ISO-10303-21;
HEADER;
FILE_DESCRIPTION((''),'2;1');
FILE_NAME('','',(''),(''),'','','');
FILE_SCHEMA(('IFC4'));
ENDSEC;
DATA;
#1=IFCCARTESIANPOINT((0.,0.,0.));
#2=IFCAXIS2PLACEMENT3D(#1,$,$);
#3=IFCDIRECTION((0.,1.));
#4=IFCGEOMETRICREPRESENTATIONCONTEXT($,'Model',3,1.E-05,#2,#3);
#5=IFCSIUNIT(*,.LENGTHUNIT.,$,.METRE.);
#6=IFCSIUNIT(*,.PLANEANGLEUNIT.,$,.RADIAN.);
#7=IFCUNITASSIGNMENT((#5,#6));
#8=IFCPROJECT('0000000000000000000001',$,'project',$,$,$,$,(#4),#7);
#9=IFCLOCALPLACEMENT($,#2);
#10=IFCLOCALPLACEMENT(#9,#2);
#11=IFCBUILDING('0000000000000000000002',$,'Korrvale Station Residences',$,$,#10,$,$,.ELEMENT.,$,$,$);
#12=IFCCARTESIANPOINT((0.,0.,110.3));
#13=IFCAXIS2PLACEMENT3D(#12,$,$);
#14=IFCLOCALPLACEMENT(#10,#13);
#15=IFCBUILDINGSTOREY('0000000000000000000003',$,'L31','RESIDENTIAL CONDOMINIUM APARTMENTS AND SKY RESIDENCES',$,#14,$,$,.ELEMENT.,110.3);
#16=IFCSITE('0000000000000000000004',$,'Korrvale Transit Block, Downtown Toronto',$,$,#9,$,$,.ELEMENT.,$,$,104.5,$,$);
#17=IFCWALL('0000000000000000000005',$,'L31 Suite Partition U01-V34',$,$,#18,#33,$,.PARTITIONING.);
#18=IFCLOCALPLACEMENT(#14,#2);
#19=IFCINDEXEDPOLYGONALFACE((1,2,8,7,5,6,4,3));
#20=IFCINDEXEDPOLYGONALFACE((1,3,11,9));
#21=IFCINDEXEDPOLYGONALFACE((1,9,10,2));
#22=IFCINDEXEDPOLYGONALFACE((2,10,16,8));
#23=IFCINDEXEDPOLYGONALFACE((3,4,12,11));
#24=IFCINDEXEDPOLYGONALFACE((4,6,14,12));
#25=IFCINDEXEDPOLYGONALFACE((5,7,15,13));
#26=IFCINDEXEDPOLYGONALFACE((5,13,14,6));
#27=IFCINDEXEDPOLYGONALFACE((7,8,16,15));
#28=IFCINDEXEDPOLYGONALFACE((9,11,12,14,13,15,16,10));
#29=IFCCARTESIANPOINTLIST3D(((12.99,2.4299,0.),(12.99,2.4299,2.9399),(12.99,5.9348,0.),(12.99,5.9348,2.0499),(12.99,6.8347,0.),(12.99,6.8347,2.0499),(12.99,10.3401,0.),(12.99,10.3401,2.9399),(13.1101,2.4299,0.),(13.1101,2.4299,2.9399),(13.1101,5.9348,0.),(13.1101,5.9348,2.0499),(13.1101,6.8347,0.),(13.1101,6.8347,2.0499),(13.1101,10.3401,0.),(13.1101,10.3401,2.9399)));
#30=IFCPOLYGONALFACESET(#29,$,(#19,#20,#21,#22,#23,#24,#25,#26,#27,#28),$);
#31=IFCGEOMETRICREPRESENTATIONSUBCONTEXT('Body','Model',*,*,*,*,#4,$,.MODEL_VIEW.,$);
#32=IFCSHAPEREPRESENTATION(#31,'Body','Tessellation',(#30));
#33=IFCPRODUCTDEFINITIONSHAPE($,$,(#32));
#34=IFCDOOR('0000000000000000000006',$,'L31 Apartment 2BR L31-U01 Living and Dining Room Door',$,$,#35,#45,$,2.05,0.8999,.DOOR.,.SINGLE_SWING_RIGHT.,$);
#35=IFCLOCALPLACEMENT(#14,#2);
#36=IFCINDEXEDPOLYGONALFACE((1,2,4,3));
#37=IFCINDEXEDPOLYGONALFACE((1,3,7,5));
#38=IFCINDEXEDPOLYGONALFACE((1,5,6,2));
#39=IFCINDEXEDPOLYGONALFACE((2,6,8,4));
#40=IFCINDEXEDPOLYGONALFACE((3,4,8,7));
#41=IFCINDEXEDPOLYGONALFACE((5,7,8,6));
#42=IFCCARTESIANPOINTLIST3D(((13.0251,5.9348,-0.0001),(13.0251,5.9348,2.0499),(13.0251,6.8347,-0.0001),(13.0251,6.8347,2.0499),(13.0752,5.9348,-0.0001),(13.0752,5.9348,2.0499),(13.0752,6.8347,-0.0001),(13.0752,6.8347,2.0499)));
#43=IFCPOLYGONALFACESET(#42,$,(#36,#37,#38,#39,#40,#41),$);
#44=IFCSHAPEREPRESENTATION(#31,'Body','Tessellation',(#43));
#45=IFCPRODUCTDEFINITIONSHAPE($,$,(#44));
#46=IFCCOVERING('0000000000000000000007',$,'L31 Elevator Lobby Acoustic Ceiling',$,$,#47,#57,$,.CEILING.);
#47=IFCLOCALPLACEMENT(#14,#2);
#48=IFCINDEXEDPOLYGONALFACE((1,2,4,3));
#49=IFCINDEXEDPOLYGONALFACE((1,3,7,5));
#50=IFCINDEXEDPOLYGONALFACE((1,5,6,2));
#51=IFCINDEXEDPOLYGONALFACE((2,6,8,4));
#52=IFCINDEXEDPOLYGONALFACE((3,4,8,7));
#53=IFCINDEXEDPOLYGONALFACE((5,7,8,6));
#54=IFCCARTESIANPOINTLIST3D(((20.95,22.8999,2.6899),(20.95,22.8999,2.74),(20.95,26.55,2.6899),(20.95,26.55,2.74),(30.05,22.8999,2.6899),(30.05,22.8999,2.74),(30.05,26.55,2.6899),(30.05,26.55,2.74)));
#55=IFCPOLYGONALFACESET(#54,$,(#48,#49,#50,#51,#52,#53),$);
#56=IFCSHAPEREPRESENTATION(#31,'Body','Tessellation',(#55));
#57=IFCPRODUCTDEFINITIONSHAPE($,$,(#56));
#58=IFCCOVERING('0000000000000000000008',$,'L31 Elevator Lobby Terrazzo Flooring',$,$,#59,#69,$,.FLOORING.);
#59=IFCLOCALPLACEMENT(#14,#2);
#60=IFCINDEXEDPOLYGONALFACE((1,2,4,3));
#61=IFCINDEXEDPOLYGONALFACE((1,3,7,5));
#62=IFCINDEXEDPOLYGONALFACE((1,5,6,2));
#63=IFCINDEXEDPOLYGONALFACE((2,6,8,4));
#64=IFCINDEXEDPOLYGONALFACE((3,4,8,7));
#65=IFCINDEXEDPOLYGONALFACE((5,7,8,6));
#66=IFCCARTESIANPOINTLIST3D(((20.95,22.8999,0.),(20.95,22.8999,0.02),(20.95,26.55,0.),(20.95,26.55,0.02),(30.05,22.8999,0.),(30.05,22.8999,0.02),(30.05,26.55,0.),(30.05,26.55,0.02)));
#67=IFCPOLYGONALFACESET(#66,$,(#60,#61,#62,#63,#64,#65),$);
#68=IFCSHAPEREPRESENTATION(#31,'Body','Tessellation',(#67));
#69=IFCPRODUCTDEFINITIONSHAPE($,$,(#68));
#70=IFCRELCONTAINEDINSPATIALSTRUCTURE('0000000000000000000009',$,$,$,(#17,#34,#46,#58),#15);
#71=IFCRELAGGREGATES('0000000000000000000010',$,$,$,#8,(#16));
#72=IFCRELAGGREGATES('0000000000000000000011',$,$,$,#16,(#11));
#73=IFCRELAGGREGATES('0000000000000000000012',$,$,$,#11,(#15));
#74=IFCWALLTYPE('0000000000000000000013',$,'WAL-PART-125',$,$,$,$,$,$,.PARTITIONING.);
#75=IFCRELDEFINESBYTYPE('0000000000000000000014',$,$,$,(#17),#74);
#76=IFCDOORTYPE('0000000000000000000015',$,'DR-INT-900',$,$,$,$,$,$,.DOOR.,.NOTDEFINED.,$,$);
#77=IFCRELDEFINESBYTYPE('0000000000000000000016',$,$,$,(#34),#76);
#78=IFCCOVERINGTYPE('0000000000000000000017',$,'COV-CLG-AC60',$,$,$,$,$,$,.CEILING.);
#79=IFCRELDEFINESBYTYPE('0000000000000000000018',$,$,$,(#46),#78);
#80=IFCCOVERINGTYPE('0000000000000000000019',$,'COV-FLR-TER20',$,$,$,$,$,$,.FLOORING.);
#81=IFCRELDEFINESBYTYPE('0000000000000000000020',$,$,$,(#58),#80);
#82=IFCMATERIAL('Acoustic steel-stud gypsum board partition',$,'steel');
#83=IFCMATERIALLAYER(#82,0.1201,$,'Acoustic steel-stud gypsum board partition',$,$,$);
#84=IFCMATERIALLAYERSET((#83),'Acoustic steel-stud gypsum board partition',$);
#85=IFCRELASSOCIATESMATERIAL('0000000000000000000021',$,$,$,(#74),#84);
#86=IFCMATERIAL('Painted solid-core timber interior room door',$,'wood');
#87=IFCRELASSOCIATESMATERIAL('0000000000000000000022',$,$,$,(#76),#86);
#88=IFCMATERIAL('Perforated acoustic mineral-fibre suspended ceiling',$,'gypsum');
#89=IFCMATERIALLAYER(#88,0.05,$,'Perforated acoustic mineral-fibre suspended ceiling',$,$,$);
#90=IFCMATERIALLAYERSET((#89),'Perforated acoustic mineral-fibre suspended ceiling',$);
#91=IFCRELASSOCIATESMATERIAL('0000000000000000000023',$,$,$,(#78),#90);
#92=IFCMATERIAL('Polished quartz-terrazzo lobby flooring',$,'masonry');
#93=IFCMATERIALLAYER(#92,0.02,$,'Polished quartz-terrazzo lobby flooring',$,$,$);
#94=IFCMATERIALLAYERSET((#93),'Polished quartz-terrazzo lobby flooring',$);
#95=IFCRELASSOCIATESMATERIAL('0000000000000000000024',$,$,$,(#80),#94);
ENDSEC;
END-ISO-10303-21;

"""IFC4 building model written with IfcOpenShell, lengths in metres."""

from ifc_helpers import new_model, si_unit, direction, frame, frame_2d, origin, place, context, subcontext, project, spatial, polyline, rectangle, outline, extrude, material, layer, layer_set, type_object, element, fill, save


model = new_model("IFC4")

# Units and contexts
model_context = context("Model", 3, precision=1e-05, world=origin(), true_north=direction((0.0, 1.0)))
body_context = subcontext(model_context, "Body", "Model", "MODEL_VIEW")
ifc_project = project(units=[si_unit("LENGTHUNIT", "METRE"), si_unit("PLANEANGLEUNIT", "RADIAN")], contexts=[model_context])

# Site, building, storey
site_placement = place(None, origin())
site = spatial("IfcSite", under=ifc_project, at=site_placement, Name="Korrvale Transit Block, Downtown Toronto", CompositionType="ELEMENT", RefElevation=104.5)
building_placement = place(site_placement, origin())
building = spatial("IfcBuilding", under=site, at=building_placement, Name="Korrvale Station Residences", CompositionType="ELEMENT")
storey_placement = place(building_placement, frame((0.0, 0.0, 110.3)))
storey = spatial("IfcBuildingStorey", under=building, at=storey_placement, Name="L31", Description="RESIDENTIAL CONDOMINIUM APARTMENTS AND SKY RESIDENCES", CompositionType="ELEMENT", Elevation=110.3)

# Wall, opening, door
ifc_material_1 = material(Name="Acoustic steel-stud gypsum board partition", Category="steel")
ifc_layer_1 = layer(ifc_material_1, 0.1201, Name="Acoustic steel-stud gypsum board partition")
ifc_layer_set_1 = layer_set([ifc_layer_1], Name="Acoustic steel-stud gypsum board partition")
wall_type_1 = type_object("IfcWallType", Name="WAL-PART-125", PredefinedType="PARTITIONING", material=ifc_layer_set_1)
wall_1_placement = place(storey_placement, frame((13.05, 2.4299, 0.0), z_axis=(0.0, 0.0, 1.0), x_axis=(0.0, 1.0, 0.0)))
wall_1 = element("IfcWall", 1, at=wall_1_placement, inside=storey, type_object=wall_type_1, Name="L31 Suite Partition U01-V34", PredefinedType="PARTITIONING", context=body_context, shape_type="SweptSolid", body=[
    extrude(rectangle(XDim=7.9102, YDim=0.1201, at=frame_2d((3.9551, 0.0))), origin(), (0.0, 0.0, 1.0), 2.9399),
])
opening_1_placement = place(wall_1_placement, frame((3.5049, 0.0, 0.0)))
opening_1 = element("IfcOpeningElement", 2, at=opening_1_placement, cuts=wall_1, PredefinedType="OPENING", context=body_context, shape_type="SweptSolid", body=[
    extrude(rectangle(XDim=0.8999, YDim=2.05, at=frame_2d((0.45, 1.0249))), frame((0.0, 0.0701, 0.0), z_axis=(0.0, -1.0, 0.0), x_axis=(1.0, 0.0, 0.0)), (0.0, 0.0, 1.0), 0.1401),
])
ifc_material_2 = material(Name="Painted solid-core timber interior room door", Category="wood")
door_type = type_object("IfcDoorType", Name="DR-INT-900", OperationType="NOTDEFINED", PredefinedType="DOOR", material=ifc_material_2)
door_placement = place(opening_1_placement, origin())
door = element("IfcDoor", 3, at=door_placement, inside=storey, type_object=door_type, Name="L31 Apartment 2BR L31-U01 Living and Dining Room Door", OperationType="SINGLE_SWING_RIGHT", OverallHeight=2.05, OverallWidth=0.8999, PredefinedType="DOOR", context=body_context, shape_type="SweptSolid", body=[
    extrude(rectangle(XDim=0.8999, YDim=2.05, at=frame_2d((0.45, 1.0249))), frame((0.0, 0.0249, 0.0), z_axis=(0.0, -1.0, 0.0), x_axis=(1.0, 0.0, 0.0)), (0.0, 0.0, 1.0), 0.05),
])
fill(opening_1, door)

# Coverings
ifc_material_3 = material(Name="Perforated acoustic mineral-fibre suspended ceiling", Category="gypsum")
ifc_layer_2 = layer(ifc_material_3, 0.05, Name="Perforated acoustic mineral-fibre suspended ceiling")
ifc_layer_set_2 = layer_set([ifc_layer_2], Name="Perforated acoustic mineral-fibre suspended ceiling")
covering_type_1 = type_object("IfcCoveringType", Name="COV-CLG-AC60", PredefinedType="CEILING", material=ifc_layer_set_2)
covering_1_placement = place(storey_placement, frame((0.0, 0.0, 2.6899)))
element("IfcCovering", 4, at=covering_1_placement, inside=storey, type_object=covering_type_1, Name="L31 Elevator Lobby Acoustic Ceiling", PredefinedType="CEILING", context=body_context, shape_type="SweptSolid", body=[
    extrude(outline(polyline([(20.95, 22.8999), (30.05, 22.8999), (30.05, 26.55), (20.95, 26.55), (20.95, 22.8999)])), origin(), (0.0, 0.0, 1.0), 0.05),
])
ifc_material_4 = material(Name="Polished quartz-terrazzo lobby flooring", Category="masonry")
ifc_layer_3 = layer(ifc_material_4, 0.02, Name="Polished quartz-terrazzo lobby flooring")
ifc_layer_set_3 = layer_set([ifc_layer_3], Name="Polished quartz-terrazzo lobby flooring")
covering_type_2 = type_object("IfcCoveringType", Name="COV-FLR-TER20", PredefinedType="FLOORING", material=ifc_layer_set_3)
covering_2_placement = place(storey_placement, origin())
element("IfcCovering", 5, at=covering_2_placement, inside=storey, type_object=covering_type_2, Name="L31 Elevator Lobby Terrazzo Flooring", PredefinedType="FLOORING", context=body_context, shape_type="SweptSolid", body=[
    extrude(outline(polyline([(20.95, 22.8999), (30.05, 22.8999), (30.05, 26.55), (20.95, 26.55), (20.95, 22.8999)])), origin(), (0.0, 0.0, 1.0), 0.02),
])

save(model, "model.ifc")
